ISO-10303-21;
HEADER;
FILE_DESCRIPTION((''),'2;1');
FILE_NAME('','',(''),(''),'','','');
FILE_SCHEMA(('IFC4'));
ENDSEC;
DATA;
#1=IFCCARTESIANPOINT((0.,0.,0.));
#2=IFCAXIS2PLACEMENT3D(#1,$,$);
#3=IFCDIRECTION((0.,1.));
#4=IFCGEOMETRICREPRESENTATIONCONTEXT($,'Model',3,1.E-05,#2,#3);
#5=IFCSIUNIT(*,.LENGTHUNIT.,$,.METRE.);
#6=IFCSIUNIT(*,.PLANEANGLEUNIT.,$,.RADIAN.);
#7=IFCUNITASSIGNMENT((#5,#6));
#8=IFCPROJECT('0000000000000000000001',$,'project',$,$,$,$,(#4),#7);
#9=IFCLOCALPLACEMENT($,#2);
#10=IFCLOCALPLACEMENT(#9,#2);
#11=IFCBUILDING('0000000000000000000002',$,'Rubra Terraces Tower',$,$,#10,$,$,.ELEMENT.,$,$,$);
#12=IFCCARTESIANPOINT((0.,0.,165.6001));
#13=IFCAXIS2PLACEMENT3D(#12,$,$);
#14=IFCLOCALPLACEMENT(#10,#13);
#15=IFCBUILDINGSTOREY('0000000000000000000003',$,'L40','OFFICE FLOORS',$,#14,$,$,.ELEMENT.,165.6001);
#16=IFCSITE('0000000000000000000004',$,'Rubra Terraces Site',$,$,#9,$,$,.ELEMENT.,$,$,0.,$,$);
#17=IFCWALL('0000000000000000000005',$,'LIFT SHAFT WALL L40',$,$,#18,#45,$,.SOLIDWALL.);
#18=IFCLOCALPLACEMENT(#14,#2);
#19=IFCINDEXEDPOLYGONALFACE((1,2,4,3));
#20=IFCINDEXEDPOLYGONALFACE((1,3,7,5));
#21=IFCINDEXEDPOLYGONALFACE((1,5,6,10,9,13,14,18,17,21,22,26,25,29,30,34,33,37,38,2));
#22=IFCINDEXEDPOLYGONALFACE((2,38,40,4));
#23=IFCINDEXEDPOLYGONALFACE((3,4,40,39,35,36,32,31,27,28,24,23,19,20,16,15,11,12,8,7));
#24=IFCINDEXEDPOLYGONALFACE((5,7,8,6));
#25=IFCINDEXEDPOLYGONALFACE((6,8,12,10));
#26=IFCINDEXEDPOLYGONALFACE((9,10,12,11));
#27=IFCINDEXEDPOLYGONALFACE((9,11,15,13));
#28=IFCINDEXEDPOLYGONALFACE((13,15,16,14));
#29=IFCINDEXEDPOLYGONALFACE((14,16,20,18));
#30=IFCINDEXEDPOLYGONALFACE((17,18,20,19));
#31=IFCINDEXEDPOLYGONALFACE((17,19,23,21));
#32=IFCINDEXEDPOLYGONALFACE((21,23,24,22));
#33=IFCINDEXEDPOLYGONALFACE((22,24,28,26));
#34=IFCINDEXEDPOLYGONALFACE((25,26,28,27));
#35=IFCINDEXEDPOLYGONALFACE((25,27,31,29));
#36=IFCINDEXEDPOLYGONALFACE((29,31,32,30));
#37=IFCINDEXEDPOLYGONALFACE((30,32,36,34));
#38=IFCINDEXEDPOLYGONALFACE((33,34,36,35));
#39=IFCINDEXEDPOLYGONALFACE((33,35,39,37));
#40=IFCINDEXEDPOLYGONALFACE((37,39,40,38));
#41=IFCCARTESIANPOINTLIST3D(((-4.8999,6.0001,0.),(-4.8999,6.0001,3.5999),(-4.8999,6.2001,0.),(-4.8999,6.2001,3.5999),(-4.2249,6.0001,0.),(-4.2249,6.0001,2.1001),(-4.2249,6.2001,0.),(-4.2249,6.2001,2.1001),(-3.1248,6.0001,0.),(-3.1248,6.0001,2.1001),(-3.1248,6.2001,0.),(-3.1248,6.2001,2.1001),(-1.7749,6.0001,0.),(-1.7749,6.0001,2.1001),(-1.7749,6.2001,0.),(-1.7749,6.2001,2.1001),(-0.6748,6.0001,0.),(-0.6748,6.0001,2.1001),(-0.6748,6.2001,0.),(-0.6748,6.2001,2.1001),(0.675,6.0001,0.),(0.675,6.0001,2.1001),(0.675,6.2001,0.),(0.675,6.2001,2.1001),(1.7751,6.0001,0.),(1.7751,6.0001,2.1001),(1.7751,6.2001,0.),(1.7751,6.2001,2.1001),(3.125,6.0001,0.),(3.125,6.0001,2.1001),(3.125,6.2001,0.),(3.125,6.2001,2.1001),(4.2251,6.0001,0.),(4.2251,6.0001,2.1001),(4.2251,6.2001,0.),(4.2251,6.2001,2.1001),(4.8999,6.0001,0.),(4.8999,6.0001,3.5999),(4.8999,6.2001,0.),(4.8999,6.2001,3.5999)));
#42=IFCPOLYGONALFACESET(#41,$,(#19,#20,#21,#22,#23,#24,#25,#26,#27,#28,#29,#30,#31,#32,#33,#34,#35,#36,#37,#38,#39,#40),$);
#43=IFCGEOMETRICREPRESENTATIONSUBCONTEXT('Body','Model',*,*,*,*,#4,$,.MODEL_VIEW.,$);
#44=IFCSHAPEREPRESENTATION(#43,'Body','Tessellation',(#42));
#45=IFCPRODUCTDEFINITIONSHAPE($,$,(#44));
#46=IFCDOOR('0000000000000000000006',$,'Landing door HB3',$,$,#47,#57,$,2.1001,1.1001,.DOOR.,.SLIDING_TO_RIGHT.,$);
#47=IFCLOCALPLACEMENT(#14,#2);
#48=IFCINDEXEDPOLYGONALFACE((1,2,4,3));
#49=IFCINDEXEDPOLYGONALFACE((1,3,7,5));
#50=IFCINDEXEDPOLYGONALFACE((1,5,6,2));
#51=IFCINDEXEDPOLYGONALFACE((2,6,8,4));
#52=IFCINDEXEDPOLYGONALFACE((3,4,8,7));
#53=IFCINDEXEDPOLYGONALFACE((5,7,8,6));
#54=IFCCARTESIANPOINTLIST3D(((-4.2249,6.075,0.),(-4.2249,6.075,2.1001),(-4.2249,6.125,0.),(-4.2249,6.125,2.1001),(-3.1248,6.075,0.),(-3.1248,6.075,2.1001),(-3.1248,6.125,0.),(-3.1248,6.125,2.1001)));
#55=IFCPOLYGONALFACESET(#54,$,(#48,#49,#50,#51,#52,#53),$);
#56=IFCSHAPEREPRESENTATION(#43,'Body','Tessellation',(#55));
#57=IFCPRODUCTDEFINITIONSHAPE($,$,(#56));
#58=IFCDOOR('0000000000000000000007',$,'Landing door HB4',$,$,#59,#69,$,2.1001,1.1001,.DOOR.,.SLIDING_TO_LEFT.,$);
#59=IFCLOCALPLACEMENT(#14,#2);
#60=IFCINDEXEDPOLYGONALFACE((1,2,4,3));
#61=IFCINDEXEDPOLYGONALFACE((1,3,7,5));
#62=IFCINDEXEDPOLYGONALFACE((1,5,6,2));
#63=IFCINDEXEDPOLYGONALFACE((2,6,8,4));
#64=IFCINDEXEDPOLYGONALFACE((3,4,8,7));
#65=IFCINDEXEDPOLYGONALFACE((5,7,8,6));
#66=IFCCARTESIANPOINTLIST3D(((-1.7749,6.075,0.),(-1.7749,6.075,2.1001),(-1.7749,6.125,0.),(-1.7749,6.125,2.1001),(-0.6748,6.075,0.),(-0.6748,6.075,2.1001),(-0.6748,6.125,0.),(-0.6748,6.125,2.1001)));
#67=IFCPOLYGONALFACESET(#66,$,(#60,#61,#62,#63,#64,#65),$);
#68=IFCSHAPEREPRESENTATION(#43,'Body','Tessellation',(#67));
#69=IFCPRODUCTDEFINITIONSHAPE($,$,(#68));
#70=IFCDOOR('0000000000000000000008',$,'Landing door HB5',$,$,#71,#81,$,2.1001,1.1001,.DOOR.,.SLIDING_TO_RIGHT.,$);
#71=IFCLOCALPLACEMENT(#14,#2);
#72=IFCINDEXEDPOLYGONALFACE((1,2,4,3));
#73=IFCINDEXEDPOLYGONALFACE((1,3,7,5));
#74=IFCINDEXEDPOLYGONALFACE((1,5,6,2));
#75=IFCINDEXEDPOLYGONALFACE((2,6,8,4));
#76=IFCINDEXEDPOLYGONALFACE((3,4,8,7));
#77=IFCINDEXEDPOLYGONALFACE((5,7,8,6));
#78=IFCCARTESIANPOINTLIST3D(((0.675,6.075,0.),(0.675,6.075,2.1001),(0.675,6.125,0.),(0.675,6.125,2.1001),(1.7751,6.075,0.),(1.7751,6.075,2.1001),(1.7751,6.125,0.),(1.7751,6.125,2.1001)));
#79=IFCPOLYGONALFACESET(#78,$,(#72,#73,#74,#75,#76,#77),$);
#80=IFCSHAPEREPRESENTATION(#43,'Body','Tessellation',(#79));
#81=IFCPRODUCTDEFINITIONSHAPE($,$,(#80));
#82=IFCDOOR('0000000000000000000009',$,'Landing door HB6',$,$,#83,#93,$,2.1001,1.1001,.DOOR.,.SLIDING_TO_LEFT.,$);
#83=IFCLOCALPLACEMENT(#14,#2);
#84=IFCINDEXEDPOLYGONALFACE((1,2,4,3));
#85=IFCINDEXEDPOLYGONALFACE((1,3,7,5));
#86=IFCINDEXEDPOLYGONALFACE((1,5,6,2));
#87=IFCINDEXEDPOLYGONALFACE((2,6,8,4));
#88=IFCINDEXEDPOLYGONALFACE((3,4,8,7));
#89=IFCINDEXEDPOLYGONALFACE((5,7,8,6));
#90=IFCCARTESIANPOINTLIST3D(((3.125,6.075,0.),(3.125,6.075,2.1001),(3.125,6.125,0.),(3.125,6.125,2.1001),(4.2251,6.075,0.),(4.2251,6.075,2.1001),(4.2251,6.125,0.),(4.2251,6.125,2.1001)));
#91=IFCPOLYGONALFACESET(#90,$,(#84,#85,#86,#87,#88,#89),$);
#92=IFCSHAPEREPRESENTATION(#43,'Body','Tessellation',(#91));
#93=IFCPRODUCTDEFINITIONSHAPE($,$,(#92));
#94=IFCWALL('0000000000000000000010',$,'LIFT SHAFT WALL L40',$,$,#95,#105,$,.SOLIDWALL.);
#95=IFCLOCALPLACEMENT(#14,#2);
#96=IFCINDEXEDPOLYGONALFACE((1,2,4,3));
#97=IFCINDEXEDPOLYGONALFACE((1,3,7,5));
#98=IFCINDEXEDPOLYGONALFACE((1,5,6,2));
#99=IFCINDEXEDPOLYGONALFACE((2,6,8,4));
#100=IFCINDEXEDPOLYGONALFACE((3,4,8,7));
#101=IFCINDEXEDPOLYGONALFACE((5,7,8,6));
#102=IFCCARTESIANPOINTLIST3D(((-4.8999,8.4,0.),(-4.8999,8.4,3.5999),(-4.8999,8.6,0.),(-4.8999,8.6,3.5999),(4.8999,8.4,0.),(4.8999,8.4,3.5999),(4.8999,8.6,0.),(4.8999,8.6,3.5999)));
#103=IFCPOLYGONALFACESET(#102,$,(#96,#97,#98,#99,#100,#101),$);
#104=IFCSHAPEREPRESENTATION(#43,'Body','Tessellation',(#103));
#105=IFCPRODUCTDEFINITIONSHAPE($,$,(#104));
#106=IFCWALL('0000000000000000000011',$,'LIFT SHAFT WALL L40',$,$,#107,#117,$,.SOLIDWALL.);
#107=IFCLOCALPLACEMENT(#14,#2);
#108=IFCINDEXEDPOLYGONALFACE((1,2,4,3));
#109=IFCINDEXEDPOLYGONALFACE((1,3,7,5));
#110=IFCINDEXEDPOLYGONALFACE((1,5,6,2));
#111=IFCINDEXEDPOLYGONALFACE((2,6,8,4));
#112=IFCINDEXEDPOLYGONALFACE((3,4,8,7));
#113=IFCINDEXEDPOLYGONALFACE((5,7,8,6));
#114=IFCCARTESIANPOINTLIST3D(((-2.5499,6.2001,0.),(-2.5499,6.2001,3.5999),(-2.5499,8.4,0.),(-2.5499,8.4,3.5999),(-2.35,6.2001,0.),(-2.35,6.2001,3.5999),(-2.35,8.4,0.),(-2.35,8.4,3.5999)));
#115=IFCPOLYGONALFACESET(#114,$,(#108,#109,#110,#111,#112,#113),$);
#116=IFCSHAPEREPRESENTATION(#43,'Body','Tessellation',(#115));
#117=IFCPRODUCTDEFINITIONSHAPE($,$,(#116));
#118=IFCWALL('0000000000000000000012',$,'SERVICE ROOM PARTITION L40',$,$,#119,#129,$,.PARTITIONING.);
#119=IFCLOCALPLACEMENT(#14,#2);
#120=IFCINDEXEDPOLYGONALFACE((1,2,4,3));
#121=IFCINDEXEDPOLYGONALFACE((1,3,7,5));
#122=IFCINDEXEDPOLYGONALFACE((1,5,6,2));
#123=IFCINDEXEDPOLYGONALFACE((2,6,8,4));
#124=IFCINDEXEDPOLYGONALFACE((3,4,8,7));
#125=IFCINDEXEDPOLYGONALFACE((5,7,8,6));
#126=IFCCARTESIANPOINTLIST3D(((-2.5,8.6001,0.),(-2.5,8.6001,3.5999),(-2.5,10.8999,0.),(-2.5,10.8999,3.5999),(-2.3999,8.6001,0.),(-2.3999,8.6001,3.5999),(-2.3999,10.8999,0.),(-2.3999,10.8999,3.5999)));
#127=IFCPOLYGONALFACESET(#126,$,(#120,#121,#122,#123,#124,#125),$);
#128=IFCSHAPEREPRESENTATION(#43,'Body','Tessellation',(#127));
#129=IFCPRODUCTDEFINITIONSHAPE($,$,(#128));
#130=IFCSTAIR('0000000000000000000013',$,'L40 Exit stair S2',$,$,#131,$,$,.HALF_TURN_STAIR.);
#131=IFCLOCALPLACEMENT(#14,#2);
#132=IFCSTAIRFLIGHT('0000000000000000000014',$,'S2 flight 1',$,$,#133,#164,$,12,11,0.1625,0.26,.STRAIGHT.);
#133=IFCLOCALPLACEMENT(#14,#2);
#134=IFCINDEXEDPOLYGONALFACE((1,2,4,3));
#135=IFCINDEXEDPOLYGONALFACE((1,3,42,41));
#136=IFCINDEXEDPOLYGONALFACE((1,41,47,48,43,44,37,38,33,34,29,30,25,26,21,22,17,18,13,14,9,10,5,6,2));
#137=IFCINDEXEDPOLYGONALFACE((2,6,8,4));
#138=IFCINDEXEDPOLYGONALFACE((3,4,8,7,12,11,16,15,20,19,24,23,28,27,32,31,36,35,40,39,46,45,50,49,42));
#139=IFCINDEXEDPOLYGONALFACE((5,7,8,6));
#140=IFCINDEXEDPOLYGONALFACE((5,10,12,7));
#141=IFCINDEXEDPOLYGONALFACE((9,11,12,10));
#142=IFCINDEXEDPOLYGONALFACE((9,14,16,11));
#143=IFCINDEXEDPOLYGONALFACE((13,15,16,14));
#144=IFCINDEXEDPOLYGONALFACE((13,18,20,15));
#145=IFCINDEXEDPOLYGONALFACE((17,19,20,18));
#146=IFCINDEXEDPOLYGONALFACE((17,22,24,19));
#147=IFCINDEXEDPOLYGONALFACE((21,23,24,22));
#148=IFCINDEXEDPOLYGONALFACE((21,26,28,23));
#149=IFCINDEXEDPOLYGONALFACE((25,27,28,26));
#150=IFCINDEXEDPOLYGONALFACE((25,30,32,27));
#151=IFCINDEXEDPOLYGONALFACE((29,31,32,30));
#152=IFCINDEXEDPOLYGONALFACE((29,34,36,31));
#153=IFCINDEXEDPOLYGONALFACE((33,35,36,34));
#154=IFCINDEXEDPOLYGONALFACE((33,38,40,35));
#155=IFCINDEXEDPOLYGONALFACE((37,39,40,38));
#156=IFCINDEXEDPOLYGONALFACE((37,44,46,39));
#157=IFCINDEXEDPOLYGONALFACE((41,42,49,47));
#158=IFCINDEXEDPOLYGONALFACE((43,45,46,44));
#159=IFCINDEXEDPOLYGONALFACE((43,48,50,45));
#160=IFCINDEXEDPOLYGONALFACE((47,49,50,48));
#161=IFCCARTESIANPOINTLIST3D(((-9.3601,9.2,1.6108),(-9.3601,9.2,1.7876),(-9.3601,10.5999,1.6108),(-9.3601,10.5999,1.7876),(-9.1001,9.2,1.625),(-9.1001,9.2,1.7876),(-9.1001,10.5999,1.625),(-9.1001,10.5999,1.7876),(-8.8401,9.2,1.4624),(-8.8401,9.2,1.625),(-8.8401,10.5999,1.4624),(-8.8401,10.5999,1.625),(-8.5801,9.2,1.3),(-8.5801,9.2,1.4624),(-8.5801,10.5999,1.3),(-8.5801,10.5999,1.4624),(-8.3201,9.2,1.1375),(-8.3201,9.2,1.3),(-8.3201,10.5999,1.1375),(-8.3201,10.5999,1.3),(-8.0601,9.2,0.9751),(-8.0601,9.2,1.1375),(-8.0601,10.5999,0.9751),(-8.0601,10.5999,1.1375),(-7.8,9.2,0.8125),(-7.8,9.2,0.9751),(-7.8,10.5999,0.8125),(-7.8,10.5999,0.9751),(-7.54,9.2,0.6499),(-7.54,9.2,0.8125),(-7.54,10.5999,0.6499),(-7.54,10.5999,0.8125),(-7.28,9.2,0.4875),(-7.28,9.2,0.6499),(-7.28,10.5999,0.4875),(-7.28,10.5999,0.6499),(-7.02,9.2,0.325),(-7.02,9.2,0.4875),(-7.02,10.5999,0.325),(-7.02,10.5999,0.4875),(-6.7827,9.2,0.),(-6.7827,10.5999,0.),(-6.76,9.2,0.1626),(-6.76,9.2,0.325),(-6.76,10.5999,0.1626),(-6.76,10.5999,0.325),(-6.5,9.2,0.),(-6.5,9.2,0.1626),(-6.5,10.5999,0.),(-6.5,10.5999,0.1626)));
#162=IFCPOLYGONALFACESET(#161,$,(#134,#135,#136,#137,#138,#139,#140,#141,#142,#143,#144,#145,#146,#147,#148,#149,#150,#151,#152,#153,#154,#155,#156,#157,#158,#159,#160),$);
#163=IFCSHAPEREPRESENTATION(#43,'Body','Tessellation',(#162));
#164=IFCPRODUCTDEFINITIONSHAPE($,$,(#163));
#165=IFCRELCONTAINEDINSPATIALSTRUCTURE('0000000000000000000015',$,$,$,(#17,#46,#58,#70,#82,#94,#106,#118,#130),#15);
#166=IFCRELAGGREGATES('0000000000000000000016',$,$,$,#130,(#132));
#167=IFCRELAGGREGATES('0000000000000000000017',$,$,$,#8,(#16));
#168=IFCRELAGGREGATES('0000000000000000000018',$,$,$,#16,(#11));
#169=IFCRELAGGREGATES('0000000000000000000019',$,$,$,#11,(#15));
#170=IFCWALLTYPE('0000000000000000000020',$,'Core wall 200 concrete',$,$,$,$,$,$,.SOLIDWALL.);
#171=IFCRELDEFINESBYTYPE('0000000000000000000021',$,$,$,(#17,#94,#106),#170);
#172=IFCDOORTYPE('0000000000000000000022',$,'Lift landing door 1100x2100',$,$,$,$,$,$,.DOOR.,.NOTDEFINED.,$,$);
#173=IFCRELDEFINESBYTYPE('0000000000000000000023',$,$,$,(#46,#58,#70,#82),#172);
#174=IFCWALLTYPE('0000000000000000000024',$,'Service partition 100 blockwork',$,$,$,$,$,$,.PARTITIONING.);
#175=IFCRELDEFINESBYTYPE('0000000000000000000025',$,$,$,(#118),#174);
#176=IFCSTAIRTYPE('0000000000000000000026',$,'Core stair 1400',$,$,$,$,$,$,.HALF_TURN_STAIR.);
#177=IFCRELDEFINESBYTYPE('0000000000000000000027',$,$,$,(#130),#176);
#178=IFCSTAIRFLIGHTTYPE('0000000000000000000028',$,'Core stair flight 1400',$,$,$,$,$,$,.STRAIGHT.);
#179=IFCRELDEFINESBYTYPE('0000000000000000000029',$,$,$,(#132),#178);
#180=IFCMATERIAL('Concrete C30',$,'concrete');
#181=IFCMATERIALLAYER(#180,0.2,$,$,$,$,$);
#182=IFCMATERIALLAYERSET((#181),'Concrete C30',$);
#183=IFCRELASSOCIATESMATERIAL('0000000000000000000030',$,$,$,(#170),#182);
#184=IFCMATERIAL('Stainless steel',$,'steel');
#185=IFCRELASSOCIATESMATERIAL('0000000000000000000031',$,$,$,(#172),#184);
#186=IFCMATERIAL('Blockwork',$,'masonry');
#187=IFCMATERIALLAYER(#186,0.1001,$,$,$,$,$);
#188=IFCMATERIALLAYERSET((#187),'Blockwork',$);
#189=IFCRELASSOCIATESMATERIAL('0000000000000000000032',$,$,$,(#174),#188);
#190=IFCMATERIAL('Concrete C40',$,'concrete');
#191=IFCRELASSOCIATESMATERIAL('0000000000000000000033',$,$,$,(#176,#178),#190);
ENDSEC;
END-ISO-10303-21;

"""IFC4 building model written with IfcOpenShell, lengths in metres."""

from ifc_helpers import new_model, si_unit, direction, frame, frame_2d, origin, place, context, subcontext, project, spatial, polyline, rectangle, outline, extrude, material, layer, layer_set, type_object, element, fill, aggregate, save


model = new_model("IFC4")

# Units and contexts
model_context = context("Model", 3, precision=1e-05, world=origin(), true_north=direction((0.0, 1.0)))
body_context = subcontext(model_context, "Body", "Model", "MODEL_VIEW")
ifc_project = project(units=[si_unit("LENGTHUNIT", "METRE"), si_unit("PLANEANGLEUNIT", "RADIAN")], contexts=[model_context])

# Site, building, storey
site_placement = place(None, origin())
site = spatial("IfcSite", under=ifc_project, at=site_placement, Name="Rubra Terraces Site", CompositionType="ELEMENT", RefElevation=0.0)
building_placement = place(site_placement, origin())
building = spatial("IfcBuilding", under=site, at=building_placement, Name="Rubra Terraces Tower", CompositionType="ELEMENT")
storey_placement = place(building_placement, frame((0.0, 0.0, 165.6001)))
storey = spatial("IfcBuildingStorey", under=building, at=storey_placement, Name="L40", Description="OFFICE FLOORS", CompositionType="ELEMENT", Elevation=165.6001)

# Shared definitions
ifc_material_1 = material(Name="Concrete C40", Category="concrete")
ifc_material_2 = material(Name="Concrete C30", Category="concrete")
ifc_layer_1 = layer(ifc_material_2, 0.2)
ifc_layer_set_1 = layer_set([ifc_layer_1], Name="Concrete C30")
wall_type_1 = type_object("IfcWallType", Name="Core wall 200 concrete", PredefinedType="SOLIDWALL", material=ifc_layer_set_1)

# Wall, openings, doors
wall_1_placement = place(storey_placement, frame((-4.8999, 6.1001, 0.0), z_axis=(0.0, 0.0, 1.0), x_axis=(1.0, 0.0, 0.0)))
wall_1 = element("IfcWall", 1, at=wall_1_placement, inside=storey, type_object=wall_type_1, Name="LIFT SHAFT WALL L40", PredefinedType="SOLIDWALL", context=body_context, shape_type="SweptSolid", body=[
    extrude(rectangle(XDim=9.7998, YDim=0.2, at=frame_2d((4.8999, 0.0))), origin(), (0.0, 0.0, 1.0), 3.5999),
])
opening_1_placement = place(wall_1_placement, frame((0.675, 0.0, 0.0)))
opening_1 = element("IfcOpeningElement", 2, at=opening_1_placement, cuts=wall_1, PredefinedType="OPENING", context=body_context, shape_type="SweptSolid", body=[
    extrude(rectangle(XDim=1.1001, YDim=2.1001, at=frame_2d((0.55, 1.05))), frame((0.0, 0.1099, 0.0), z_axis=(0.0, -1.0, 0.0), x_axis=(1.0, 0.0, 0.0)), (0.0, 0.0, 1.0), 0.22),
])
opening_2_placement = place(wall_1_placement, frame((3.125, 0.0, 0.0)))
opening_2 = element("IfcOpeningElement", 3, at=opening_2_placement, cuts=wall_1, PredefinedType="OPENING", context=body_context, shape_type="SweptSolid", body=[
    extrude(rectangle(XDim=1.1001, YDim=2.1001, at=frame_2d((0.55, 1.05))), frame((0.0, 0.1099, 0.0), z_axis=(0.0, -1.0, 0.0), x_axis=(1.0, 0.0, 0.0)), (0.0, 0.0, 1.0), 0.22),
])
opening_3_placement = place(wall_1_placement, frame((5.575, 0.0, 0.0)))
opening_3 = element("IfcOpeningElement", 4, at=opening_3_placement, cuts=wall_1, PredefinedType="OPENING", context=body_context, shape_type="SweptSolid", body=[
    extrude(rectangle(XDim=1.1001, YDim=2.1001, at=frame_2d((0.55, 1.05))), frame((0.0, 0.1099, 0.0), z_axis=(0.0, -1.0, 0.0), x_axis=(1.0, 0.0, 0.0)), (0.0, 0.0, 1.0), 0.22),
])
opening_4_placement = place(wall_1_placement, frame((8.0249, 0.0, 0.0)))
opening_4 = element("IfcOpeningElement", 5, at=opening_4_placement, cuts=wall_1, PredefinedType="OPENING", context=body_context, shape_type="SweptSolid", body=[
    extrude(rectangle(XDim=1.1001, YDim=2.1001, at=frame_2d((0.55, 1.05))), frame((0.0, 0.1099, 0.0), z_axis=(0.0, -1.0, 0.0), x_axis=(1.0, 0.0, 0.0)), (0.0, 0.0, 1.0), 0.22),
])
ifc_material_3 = material(Name="Stainless steel", Category="steel")
door_type_1 = type_object("IfcDoorType", Name="Lift landing door 1100x2100", OperationType="NOTDEFINED", PredefinedType="DOOR", material=ifc_material_3)
door_1_placement = place(opening_1_placement, origin())
door_1 = element("IfcDoor", 6, at=door_1_placement, inside=storey, type_object=door_type_1, Name="Landing door HB3", OperationType="SLIDING_TO_RIGHT", OverallHeight=2.1001, OverallWidth=1.1001, PredefinedType="DOOR", context=body_context, shape_type="SweptSolid", body=[
    extrude(rectangle(XDim=1.1001, YDim=2.1001, at=frame_2d((0.55, 1.05))), frame((0.0, 0.0249, 0.0), z_axis=(0.0, -1.0, 0.0), x_axis=(1.0, 0.0, 0.0)), (0.0, 0.0, 1.0), 0.05),
])
fill(opening_1, door_1)
door_2_placement = place(opening_2_placement, origin())
door_2 = element("IfcDoor", 7, at=door_2_placement, inside=storey, type_object=door_type_1, Name="Landing door HB4", OperationType="SLIDING_TO_LEFT", OverallHeight=2.1001, OverallWidth=1.1001, PredefinedType="DOOR", context=body_context, shape_type="SweptSolid", body=[
    extrude(rectangle(XDim=1.1001, YDim=2.1001, at=frame_2d((0.55, 1.05))), frame((0.0, 0.0249, 0.0), z_axis=(0.0, -1.0, 0.0), x_axis=(1.0, 0.0, 0.0)), (0.0, 0.0, 1.0), 0.05),
])
fill(opening_2, door_2)
door_3_placement = place(opening_3_placement, origin())
door_3 = element("IfcDoor", 8, at=door_3_placement, inside=storey, type_object=door_type_1, Name="Landing door HB5", OperationType="SLIDING_TO_RIGHT", OverallHeight=2.1001, OverallWidth=1.1001, PredefinedType="DOOR", context=body_context, shape_type="SweptSolid", body=[
    extrude(rectangle(XDim=1.1001, YDim=2.1001, at=frame_2d((0.55, 1.05))), frame((0.0, 0.0249, 0.0), z_axis=(0.0, -1.0, 0.0), x_axis=(1.0, 0.0, 0.0)), (0.0, 0.0, 1.0), 0.05),
])
fill(opening_3, door_3)
door_4_placement = place(opening_4_placement, origin())
door_4 = element("IfcDoor", 9, at=door_4_placement, inside=storey, type_object=door_type_1, Name="Landing door HB6", OperationType="SLIDING_TO_LEFT", OverallHeight=2.1001, OverallWidth=1.1001, PredefinedType="DOOR", context=body_context, shape_type="SweptSolid", body=[
    extrude(rectangle(XDim=1.1001, YDim=2.1001, at=frame_2d((0.55, 1.05))), frame((0.0, 0.0249, 0.0), z_axis=(0.0, -1.0, 0.0), x_axis=(1.0, 0.0, 0.0)), (0.0, 0.0, 1.0), 0.05),
])
fill(opening_4, door_4)

# Walls
wall_2_placement = place(storey_placement, frame((-4.8999, 8.5, 0.0), z_axis=(0.0, 0.0, 1.0), x_axis=(1.0, 0.0, 0.0)))
element("IfcWall", 10, at=wall_2_placement, inside=storey, type_object=wall_type_1, Name="LIFT SHAFT WALL L40", PredefinedType="SOLIDWALL", context=body_context, shape_type="SweptSolid", body=[
    extrude(rectangle(XDim=9.7998, YDim=0.2, at=frame_2d((4.8999, 0.0))), origin(), (0.0, 0.0, 1.0), 3.5999),
])
wall_3_placement = place(storey_placement, frame((-2.45, 6.2, 0.0), z_axis=(0.0, 0.0, 1.0), x_axis=(0.0, 1.0, 0.0)))
element("IfcWall", 11, at=wall_3_placement, inside=storey, type_object=wall_type_1, Name="LIFT SHAFT WALL L40", PredefinedType="SOLIDWALL", context=body_context, shape_type="SweptSolid", body=[
    extrude(rectangle(XDim=2.2, YDim=0.2, at=frame_2d((1.1001, 0.0))), origin(), (0.0, 0.0, 1.0), 3.5999),
])

# Wall
ifc_material_4 = material(Name="Blockwork", Category="masonry")
ifc_layer_2 = layer(ifc_material_4, 0.1001)
ifc_layer_set_2 = layer_set([ifc_layer_2], Name="Blockwork")
wall_type_2 = type_object("IfcWallType", Name="Service partition 100 blockwork", PredefinedType="PARTITIONING", material=ifc_layer_set_2)
wall_4_placement = place(storey_placement, frame((-2.45, 8.6001, 0.0), z_axis=(0.0, 0.0, 1.0), x_axis=(0.0, 1.0, 0.0)))
element("IfcWall", 12, at=wall_4_placement, inside=storey, type_object=wall_type_2, Name="SERVICE ROOM PARTITION L40", PredefinedType="PARTITIONING", context=body_context, shape_type="SweptSolid", body=[
    extrude(rectangle(XDim=2.2998, YDim=0.1001, at=frame_2d((1.1499, 0.0))), origin(), (0.0, 0.0, 1.0), 3.5999),
])

# Stair, stair flight
stair_type = type_object("IfcStairType", Name="Core stair 1400", PredefinedType="HALF_TURN_STAIR", material=ifc_material_1)
stair_placement = place(storey_placement, origin())
stair = element("IfcStair", 13, at=stair_placement, inside=storey, type_object=stair_type, Name="L40 Exit stair S2", PredefinedType="HALF_TURN_STAIR")
stair_flight_type = type_object("IfcStairFlightType", Name="Core stair flight 1400", PredefinedType="STRAIGHT", material=ifc_material_1)
stair_flight_1_placement = place(storey_placement, frame((-6.5, 9.8999, 0.0), z_axis=(0.0, 0.0, 1.0), x_axis=(-1.0, 0.0, 0.0)))
stair_flight_1 = element("IfcStairFlight", 14, at=stair_flight_1_placement, type_object=stair_flight_type, Name="S2 flight 1", NumberOfRisers=12, NumberOfTreads=11, PredefinedType="STRAIGHT", RiserHeight=0.1625, TreadLength=0.26, context=body_context, shape_type="SweptSolid", body=[
    extrude(outline(polyline([(0.0, 0.0), (0.0, 0.1626), (0.26, 0.1626), (0.26, 0.325), (0.52, 0.325), (0.52, 0.4875), (0.78, 0.4875), (0.78, 0.6499), (1.04, 0.6499), (1.04, 0.8125), (1.3, 0.8125), (1.3, 0.9751), (1.5601, 0.9751), (1.5601, 1.1375), (1.8201, 1.1375), (1.8201, 1.3), (2.0801, 1.3), (2.0801, 1.4624), (2.3401, 1.4624), (2.3401, 1.625), (2.6001, 1.625), (2.6001, 1.7876), (2.8601, 1.7876), (2.8601, 1.95), (2.8601, 1.6108), (0.2827, 0.0), (0.0, 0.0)])), frame((0.0, 0.7, 0.0), z_axis=(0.0, -1.0, 0.0), x_axis=(1.0, 0.0, 0.0)), (0.0, 0.0, 1.0), 1.3999),
])
aggregate(stair, [stair_flight_1])

save(model, "model.ifc")
